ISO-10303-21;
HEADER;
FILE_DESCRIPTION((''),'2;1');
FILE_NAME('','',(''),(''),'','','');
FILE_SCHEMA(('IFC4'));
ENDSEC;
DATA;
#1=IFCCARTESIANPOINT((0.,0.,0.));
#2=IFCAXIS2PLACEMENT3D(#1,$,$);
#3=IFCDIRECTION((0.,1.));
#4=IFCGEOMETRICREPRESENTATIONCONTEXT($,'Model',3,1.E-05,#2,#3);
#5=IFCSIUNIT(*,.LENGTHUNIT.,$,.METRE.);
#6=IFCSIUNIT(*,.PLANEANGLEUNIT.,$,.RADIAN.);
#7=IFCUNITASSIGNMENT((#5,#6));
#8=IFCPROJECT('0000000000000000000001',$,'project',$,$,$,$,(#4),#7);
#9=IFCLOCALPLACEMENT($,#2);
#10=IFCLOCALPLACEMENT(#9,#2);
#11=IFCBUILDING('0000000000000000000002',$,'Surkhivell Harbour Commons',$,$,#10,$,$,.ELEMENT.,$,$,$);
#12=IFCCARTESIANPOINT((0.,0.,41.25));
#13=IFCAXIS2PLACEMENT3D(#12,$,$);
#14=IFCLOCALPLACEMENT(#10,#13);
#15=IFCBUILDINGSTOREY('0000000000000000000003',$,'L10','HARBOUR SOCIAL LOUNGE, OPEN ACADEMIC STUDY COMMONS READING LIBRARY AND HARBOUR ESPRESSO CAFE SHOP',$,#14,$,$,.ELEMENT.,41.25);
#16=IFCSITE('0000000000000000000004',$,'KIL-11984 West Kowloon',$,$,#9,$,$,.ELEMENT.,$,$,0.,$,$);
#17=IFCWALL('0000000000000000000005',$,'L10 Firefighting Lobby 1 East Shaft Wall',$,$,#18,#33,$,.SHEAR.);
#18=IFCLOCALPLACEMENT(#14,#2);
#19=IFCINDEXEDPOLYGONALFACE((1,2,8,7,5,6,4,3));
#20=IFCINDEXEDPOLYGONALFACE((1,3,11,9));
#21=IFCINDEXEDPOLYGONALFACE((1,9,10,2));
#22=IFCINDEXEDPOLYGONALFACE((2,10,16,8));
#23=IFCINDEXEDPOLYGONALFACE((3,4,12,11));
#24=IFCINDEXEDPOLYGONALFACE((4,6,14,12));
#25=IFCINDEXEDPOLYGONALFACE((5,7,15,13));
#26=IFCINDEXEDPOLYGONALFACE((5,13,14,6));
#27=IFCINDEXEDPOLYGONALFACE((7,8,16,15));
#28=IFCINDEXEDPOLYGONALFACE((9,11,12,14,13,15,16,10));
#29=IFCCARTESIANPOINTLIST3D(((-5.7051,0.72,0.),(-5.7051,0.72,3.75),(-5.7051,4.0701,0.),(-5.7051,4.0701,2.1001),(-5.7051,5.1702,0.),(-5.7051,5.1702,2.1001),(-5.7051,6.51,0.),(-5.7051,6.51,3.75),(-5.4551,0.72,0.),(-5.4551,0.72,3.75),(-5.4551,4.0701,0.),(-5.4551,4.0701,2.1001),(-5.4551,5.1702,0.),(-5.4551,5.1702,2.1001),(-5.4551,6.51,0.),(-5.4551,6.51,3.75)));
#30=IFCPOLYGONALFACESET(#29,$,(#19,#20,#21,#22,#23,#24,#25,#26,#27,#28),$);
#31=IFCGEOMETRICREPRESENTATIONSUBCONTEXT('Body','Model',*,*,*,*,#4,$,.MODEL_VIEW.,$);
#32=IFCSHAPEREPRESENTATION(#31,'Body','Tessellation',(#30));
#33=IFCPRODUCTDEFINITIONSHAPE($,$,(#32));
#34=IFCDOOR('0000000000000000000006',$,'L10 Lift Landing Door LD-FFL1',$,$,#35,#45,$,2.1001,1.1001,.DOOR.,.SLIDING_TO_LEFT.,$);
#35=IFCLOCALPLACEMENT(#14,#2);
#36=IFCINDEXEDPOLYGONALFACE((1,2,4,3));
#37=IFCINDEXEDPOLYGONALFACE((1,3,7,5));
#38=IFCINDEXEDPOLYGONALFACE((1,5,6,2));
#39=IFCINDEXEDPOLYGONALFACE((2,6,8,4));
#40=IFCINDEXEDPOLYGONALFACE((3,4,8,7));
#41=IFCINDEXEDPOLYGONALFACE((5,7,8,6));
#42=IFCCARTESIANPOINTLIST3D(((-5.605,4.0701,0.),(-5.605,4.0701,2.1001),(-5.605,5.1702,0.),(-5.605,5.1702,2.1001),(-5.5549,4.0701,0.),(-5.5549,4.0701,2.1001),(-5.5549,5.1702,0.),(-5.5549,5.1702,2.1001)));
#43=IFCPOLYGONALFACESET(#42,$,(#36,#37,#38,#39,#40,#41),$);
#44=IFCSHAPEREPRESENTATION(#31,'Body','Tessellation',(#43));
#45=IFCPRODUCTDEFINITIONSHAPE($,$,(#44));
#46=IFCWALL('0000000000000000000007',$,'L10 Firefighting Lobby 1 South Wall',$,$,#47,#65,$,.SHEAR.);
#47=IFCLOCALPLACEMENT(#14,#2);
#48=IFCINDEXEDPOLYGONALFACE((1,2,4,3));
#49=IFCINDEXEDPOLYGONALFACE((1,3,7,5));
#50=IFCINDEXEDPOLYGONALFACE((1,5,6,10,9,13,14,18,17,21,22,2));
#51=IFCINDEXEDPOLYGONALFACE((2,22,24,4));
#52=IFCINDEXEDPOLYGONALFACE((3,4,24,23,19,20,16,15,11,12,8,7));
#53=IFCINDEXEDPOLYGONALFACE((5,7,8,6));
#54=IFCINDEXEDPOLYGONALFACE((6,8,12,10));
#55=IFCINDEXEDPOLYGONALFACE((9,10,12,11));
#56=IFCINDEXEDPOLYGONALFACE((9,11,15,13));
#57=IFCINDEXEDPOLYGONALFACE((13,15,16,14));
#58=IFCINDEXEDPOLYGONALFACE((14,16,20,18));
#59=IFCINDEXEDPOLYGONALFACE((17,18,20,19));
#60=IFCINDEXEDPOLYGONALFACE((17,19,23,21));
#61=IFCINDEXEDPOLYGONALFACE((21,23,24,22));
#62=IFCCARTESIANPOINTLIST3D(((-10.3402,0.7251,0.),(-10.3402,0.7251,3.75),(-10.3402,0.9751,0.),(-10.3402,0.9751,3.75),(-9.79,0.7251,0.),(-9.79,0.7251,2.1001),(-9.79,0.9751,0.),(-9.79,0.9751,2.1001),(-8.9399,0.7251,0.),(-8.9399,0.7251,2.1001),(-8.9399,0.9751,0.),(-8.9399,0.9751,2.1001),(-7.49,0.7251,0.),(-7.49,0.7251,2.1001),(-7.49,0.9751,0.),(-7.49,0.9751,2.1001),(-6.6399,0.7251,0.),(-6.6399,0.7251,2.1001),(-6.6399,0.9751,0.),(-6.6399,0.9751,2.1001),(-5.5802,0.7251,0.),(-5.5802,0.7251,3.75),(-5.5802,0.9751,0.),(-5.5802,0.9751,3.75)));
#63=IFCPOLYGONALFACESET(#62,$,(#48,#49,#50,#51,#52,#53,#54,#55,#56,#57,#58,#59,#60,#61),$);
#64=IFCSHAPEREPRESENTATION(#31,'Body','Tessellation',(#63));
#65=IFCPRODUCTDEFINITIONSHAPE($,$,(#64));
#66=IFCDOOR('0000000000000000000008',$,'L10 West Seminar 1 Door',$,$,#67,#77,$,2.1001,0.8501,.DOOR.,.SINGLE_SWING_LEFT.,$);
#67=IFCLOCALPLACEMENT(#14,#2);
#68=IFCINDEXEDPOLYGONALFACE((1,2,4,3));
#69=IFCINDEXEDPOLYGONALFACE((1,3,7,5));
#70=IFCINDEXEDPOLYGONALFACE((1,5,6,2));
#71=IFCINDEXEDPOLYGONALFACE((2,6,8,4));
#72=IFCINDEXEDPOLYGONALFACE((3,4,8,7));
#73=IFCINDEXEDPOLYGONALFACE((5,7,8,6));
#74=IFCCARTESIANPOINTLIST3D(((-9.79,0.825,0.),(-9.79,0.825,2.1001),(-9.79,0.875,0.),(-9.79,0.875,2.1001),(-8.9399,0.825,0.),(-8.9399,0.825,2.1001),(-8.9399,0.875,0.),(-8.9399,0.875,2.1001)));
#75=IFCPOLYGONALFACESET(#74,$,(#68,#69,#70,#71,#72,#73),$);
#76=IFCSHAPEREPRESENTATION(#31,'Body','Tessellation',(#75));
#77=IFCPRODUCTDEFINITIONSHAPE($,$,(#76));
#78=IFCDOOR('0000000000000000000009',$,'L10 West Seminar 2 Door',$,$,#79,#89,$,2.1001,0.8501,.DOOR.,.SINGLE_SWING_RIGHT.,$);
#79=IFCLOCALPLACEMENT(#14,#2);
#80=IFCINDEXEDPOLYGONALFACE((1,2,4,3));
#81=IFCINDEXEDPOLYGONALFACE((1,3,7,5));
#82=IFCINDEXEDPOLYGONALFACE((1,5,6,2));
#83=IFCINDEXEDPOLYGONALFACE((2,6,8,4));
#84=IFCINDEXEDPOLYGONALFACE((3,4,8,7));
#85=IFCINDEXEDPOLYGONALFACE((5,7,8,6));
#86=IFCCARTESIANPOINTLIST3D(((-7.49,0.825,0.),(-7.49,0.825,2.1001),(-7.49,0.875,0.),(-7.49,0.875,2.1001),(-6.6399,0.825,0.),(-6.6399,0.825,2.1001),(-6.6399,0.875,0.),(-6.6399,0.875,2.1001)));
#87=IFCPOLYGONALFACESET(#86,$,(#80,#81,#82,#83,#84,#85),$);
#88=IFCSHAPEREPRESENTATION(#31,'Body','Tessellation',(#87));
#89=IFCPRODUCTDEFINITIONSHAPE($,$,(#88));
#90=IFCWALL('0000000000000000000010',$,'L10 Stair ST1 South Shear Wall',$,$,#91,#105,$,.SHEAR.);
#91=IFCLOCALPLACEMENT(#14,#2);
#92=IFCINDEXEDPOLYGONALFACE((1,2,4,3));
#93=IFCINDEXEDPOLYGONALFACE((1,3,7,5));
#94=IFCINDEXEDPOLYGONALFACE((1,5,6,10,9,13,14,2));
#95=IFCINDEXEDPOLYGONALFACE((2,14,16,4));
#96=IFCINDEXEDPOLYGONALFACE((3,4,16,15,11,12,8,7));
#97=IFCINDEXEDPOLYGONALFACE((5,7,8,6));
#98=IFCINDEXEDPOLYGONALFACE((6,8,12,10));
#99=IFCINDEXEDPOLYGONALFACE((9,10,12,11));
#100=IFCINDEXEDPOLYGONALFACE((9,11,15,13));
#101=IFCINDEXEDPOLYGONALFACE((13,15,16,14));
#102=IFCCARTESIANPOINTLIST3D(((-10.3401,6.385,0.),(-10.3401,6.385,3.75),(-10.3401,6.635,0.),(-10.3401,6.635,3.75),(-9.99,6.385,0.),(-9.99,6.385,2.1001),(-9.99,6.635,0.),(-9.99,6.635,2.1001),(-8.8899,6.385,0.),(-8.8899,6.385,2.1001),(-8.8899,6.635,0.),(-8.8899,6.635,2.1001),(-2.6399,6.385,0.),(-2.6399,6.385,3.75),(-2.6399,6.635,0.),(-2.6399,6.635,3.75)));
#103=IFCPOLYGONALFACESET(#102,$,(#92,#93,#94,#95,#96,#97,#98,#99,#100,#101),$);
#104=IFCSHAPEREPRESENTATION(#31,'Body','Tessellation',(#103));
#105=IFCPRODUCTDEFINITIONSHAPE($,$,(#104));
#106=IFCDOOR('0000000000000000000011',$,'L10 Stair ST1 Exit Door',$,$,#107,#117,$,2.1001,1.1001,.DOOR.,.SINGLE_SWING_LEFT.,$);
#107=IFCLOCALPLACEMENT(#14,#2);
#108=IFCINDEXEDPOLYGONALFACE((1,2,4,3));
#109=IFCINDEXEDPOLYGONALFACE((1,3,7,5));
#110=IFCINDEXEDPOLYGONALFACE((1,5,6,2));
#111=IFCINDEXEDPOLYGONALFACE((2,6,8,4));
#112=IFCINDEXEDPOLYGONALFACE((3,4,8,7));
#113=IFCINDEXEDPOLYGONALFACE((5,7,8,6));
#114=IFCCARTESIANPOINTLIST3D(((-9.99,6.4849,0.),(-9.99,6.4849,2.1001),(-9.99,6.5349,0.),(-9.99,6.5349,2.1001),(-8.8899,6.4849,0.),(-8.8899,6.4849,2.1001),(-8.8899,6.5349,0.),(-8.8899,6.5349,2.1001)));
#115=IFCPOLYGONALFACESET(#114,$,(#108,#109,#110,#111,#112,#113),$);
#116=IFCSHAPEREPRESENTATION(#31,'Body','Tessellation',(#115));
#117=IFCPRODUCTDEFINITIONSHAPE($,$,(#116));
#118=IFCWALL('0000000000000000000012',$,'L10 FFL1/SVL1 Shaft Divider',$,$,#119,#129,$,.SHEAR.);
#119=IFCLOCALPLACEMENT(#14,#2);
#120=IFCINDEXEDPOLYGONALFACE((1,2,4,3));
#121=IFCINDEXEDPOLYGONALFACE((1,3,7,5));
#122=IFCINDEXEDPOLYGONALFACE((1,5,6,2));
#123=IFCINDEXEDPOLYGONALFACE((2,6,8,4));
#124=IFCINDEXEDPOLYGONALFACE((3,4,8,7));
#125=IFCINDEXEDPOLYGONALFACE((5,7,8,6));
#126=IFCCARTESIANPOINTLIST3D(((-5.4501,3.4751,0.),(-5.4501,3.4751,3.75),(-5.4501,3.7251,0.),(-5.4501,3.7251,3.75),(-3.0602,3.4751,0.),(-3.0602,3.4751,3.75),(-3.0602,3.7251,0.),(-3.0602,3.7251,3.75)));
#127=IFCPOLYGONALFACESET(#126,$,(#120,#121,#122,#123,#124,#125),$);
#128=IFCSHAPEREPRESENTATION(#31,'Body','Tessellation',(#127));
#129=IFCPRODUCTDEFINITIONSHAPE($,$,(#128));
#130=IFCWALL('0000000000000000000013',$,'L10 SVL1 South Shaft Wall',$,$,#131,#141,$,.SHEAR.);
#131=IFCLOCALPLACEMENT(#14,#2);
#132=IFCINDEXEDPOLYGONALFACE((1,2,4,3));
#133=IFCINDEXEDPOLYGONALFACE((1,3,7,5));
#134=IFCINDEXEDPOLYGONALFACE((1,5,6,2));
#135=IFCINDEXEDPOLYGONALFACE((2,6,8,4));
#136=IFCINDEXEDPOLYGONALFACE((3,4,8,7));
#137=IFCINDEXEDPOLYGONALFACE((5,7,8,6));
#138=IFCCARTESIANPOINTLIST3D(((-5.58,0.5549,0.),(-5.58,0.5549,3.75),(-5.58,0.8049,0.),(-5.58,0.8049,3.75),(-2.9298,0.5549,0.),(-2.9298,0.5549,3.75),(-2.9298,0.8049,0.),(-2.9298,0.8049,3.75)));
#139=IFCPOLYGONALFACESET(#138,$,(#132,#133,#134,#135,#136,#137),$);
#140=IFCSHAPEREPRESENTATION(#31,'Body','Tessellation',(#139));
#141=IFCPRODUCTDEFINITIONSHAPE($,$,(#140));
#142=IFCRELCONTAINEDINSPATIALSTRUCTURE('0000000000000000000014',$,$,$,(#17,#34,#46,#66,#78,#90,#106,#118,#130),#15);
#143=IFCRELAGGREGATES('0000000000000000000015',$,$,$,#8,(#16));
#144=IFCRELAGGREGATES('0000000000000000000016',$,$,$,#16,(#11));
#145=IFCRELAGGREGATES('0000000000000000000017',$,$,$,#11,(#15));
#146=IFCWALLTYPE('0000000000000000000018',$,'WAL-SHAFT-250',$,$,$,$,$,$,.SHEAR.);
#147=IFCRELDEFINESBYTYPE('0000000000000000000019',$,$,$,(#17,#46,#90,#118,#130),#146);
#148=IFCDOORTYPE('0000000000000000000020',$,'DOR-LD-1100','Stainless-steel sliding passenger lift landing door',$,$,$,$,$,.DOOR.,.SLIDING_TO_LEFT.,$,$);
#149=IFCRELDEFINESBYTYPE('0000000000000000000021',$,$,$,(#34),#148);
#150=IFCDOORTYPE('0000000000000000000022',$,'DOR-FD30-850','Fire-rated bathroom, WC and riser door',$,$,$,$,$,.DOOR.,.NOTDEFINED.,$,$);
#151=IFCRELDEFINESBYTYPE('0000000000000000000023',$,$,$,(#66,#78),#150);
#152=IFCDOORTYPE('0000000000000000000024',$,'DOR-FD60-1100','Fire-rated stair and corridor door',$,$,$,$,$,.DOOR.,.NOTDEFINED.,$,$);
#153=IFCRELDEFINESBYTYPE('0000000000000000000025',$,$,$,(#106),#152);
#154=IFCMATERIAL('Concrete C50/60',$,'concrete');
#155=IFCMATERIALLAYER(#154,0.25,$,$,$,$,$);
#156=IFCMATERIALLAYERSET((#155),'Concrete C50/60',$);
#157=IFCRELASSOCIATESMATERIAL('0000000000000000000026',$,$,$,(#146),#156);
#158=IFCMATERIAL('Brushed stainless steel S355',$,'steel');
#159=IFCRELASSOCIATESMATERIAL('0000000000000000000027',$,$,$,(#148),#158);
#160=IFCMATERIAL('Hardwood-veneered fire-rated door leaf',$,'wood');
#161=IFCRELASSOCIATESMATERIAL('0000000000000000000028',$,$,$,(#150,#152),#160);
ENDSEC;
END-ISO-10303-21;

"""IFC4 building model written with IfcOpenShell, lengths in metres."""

from ifc_helpers import new_model, si_unit, direction, frame, frame_2d, origin, place, context, subcontext, project, spatial, rectangle, extrude, material, layer, layer_set, type_object, element, fill, save


model = new_model("IFC4")

# Units and contexts
model_context = context("Model", 3, precision=1e-05, world=origin(), true_north=direction((0.0, 1.0)))
body_context = subcontext(model_context, "Body", "Model", "MODEL_VIEW")
ifc_project = project(units=[si_unit("LENGTHUNIT", "METRE"), si_unit("PLANEANGLEUNIT", "RADIAN")], contexts=[model_context])

# Site, building, storey
site_placement = place(None, origin())
site = spatial("IfcSite", under=ifc_project, at=site_placement, Name="KIL-11984 West Kowloon", CompositionType="ELEMENT", RefElevation=0.0)
building_placement = place(site_placement, origin())
building = spatial("IfcBuilding", under=site, at=building_placement, Name="Surkhivell Harbour Commons", CompositionType="ELEMENT")
storey_placement = place(building_placement, frame((0.0, 0.0, 41.25)))
storey = spatial("IfcBuildingStorey", under=building, at=storey_placement, Name="L10", Description="HARBOUR SOCIAL LOUNGE, OPEN ACADEMIC STUDY COMMONS READING LIBRARY AND HARBOUR ESPRESSO CAFE SHOP", CompositionType="ELEMENT", Elevation=41.25)

# Shared definitions
ifc_material_1 = material(Name="Hardwood-veneered fire-rated door leaf", Category="wood")

# Wall, opening, door
ifc_material_2 = material(Name="Concrete C50/60", Category="concrete")
ifc_layer_1 = layer(ifc_material_2, 0.25)
ifc_layer_set_1 = layer_set([ifc_layer_1], Name="Concrete C50/60")
wall_type_1 = type_object("IfcWallType", Name="WAL-SHAFT-250", PredefinedType="SHEAR", material=ifc_layer_set_1)
wall_1_placement = place(storey_placement, frame((-5.5801, 0.72, 0.0), z_axis=(0.0, 0.0, 1.0), x_axis=(0.0, 1.0, 0.0)))
wall_1 = element("IfcWall", 1, at=wall_1_placement, inside=storey, type_object=wall_type_1, Name="L10 Firefighting Lobby 1 East Shaft Wall", PredefinedType="SHEAR", context=body_context, shape_type="SweptSolid", body=[
    extrude(rectangle(XDim=5.79, YDim=0.25, at=frame_2d((2.895, 0.0))), origin(), (0.0, 0.0, 1.0), 3.75),
])
opening_1_placement = place(wall_1_placement, frame((3.3501, 0.0, 0.0)))
opening_1 = element("IfcOpeningElement", 2, at=opening_1_placement, cuts=wall_1, PredefinedType="OPENING", context=body_context, shape_type="SweptSolid", body=[
    extrude(rectangle(XDim=1.1001, YDim=2.1001, at=frame_2d((0.55, 1.05))), frame((0.0, 0.135, 0.0), z_axis=(0.0, -1.0, 0.0), x_axis=(1.0, 0.0, 0.0)), (0.0, 0.0, 1.0), 0.27),
])
ifc_material_3 = material(Name="Brushed stainless steel S355", Category="steel")
door_type_1 = type_object("IfcDoorType", Name="DOR-LD-1100", Description="Stainless-steel sliding passenger lift landing door", OperationType="SLIDING_TO_LEFT", PredefinedType="DOOR", material=ifc_material_3)
door_1_placement = place(opening_1_placement, origin())
door_1 = element("IfcDoor", 3, at=door_1_placement, inside=storey, type_object=door_type_1, Name="L10 Lift Landing Door LD-FFL1", OperationType="SLIDING_TO_LEFT", OverallHeight=2.1001, OverallWidth=1.1001, PredefinedType="DOOR", context=body_context, shape_type="SweptSolid", body=[
    extrude(rectangle(XDim=1.1001, YDim=2.1001, at=frame_2d((0.55, 1.05))), frame((0.0, 0.0249, 0.0), z_axis=(0.0, -1.0, 0.0), x_axis=(1.0, 0.0, 0.0)), (0.0, 0.0, 1.0), 0.05),
])
fill(opening_1, door_1)

# Wall, openings, doors
wall_2_placement = place(storey_placement, frame((-10.3401, 0.8501, 0.0), z_axis=(0.0, 0.0, 1.0), x_axis=(1.0, 0.0, 0.0)))
wall_2 = element("IfcWall", 4, at=wall_2_placement, inside=storey, type_object=wall_type_1, Name="L10 Firefighting Lobby 1 South Wall", PredefinedType="SHEAR", context=body_context, shape_type="SweptSolid", body=[
    extrude(rectangle(XDim=4.76, YDim=0.25, at=frame_2d((2.3799, 0.0))), origin(), (0.0, 0.0, 1.0), 3.75),
])
opening_2_placement = place(wall_2_placement, frame((0.55, 0.0, 0.0)))
opening_2 = element("IfcOpeningElement", 5, at=opening_2_placement, cuts=wall_2, PredefinedType="OPENING", context=body_context, shape_type="SweptSolid", body=[
    extrude(rectangle(XDim=0.8501, YDim=2.1001, at=frame_2d((0.425, 1.05))), frame((0.0, 0.135, 0.0), z_axis=(0.0, -1.0, 0.0), x_axis=(1.0, 0.0, 0.0)), (0.0, 0.0, 1.0), 0.27),
])
opening_3_placement = place(wall_2_placement, frame((2.8501, 0.0, 0.0)))
opening_3 = element("IfcOpeningElement", 6, at=opening_3_placement, cuts=wall_2, PredefinedType="OPENING", context=body_context, shape_type="SweptSolid", body=[
    extrude(rectangle(XDim=0.8501, YDim=2.1001, at=frame_2d((0.425, 1.05))), frame((0.0, 0.135, 0.0), z_axis=(0.0, -1.0, 0.0), x_axis=(1.0, 0.0, 0.0)), (0.0, 0.0, 1.0), 0.27),
])
door_type_2 = type_object("IfcDoorType", Name="DOR-FD30-850", Description="Fire-rated bathroom, WC and riser door", OperationType="NOTDEFINED", PredefinedType="DOOR", material=ifc_material_1)
door_2_placement = place(opening_2_placement, origin())
door_2 = element("IfcDoor", 7, at=door_2_placement, inside=storey, type_object=door_type_2, Name="L10 West Seminar 1 Door", OperationType="SINGLE_SWING_LEFT", OverallHeight=2.1001, OverallWidth=0.8501, PredefinedType="DOOR", context=body_context, shape_type="SweptSolid", body=[
    extrude(rectangle(XDim=0.8501, YDim=2.1001, at=frame_2d((0.425, 1.05))), frame((0.0, 0.0249, 0.0), z_axis=(0.0, -1.0, 0.0), x_axis=(1.0, 0.0, 0.0)), (0.0, 0.0, 1.0), 0.05),
])
fill(opening_2, door_2)
door_3_placement = place(opening_3_placement, origin())
door_3 = element("IfcDoor", 8, at=door_3_placement, inside=storey, type_object=door_type_2, Name="L10 West Seminar 2 Door", OperationType="SINGLE_SWING_RIGHT", OverallHeight=2.1001, OverallWidth=0.8501, PredefinedType="DOOR", context=body_context, shape_type="SweptSolid", body=[
    extrude(rectangle(XDim=0.8501, YDim=2.1001, at=frame_2d((0.425, 1.05))), frame((0.0, 0.0249, 0.0), z_axis=(0.0, -1.0, 0.0), x_axis=(1.0, 0.0, 0.0)), (0.0, 0.0, 1.0), 0.05),
])
fill(opening_3, door_3)

# Wall, opening, door
wall_3_placement = place(storey_placement, frame((-10.3401, 6.51, 0.0), z_axis=(0.0, 0.0, 1.0), x_axis=(1.0, 0.0, 0.0)))
wall_3 = element("IfcWall", 9, at=wall_3_placement, inside=storey, type_object=wall_type_1, Name="L10 Stair ST1 South Shear Wall", PredefinedType="SHEAR", context=body_context, shape_type="SweptSolid", body=[
    extrude(rectangle(XDim=7.7002, YDim=0.25, at=frame_2d((3.8501, 0.0))), origin(), (0.0, 0.0, 1.0), 3.75),
])
opening_4_placement = place(wall_3_placement, frame((0.3501, 0.0, 0.0)))
opening_4 = element("IfcOpeningElement", 10, at=opening_4_placement, cuts=wall_3, PredefinedType="OPENING", context=body_context, shape_type="SweptSolid", body=[
    extrude(rectangle(XDim=1.1001, YDim=2.1001, at=frame_2d((0.55, 1.05))), frame((0.0, 0.135, 0.0), z_axis=(0.0, -1.0, 0.0), x_axis=(1.0, 0.0, 0.0)), (0.0, 0.0, 1.0), 0.27),
])
door_type_3 = type_object("IfcDoorType", Name="DOR-FD60-1100", Description="Fire-rated stair and corridor door", OperationType="NOTDEFINED", PredefinedType="DOOR", material=ifc_material_1)
door_4_placement = place(opening_4_placement, origin())
door_4 = element("IfcDoor", 11, at=door_4_placement, inside=storey, type_object=door_type_3, Name="L10 Stair ST1 Exit Door", OperationType="SINGLE_SWING_LEFT", OverallHeight=2.1001, OverallWidth=1.1001, PredefinedType="DOOR", context=body_context, shape_type="SweptSolid", body=[
    extrude(rectangle(XDim=1.1001, YDim=2.1001, at=frame_2d((0.55, 1.05))), frame((0.0, 0.0249, 0.0), z_axis=(0.0, -1.0, 0.0), x_axis=(1.0, 0.0, 0.0)), (0.0, 0.0, 1.0), 0.05),
])
fill(opening_4, door_4)

# Walls
wall_4_placement = place(storey_placement, frame((-5.45, 3.6001, 0.0), z_axis=(0.0, 0.0, 1.0), x_axis=(1.0, 0.0, 0.0)))
element("IfcWall", 12, at=wall_4_placement, inside=storey, type_object=wall_type_1, Name="L10 FFL1/SVL1 Shaft Divider", PredefinedType="SHEAR", context=body_context, shape_type="SweptSolid", body=[
    extrude(rectangle(XDim=2.3899, YDim=0.25, at=frame_2d((1.1948, 0.0))), origin(), (0.0, 0.0, 1.0), 3.75),
])
wall_5_placement = place(storey_placement, frame((-5.5801, 0.6799, 0.0), z_axis=(0.0, 0.0, 1.0), x_axis=(1.0, 0.0, 0.0)))
element("IfcWall", 13, at=wall_5_placement, inside=storey, type_object=wall_type_1, Name="L10 SVL1 South Shaft Wall", PredefinedType="SHEAR", context=body_context, shape_type="SweptSolid", body=[
    extrude(rectangle(XDim=2.6501, YDim=0.25, at=frame_2d((1.3252, 0.0))), origin(), (0.0, 0.0, 1.0), 3.75),
])

save(model, "model.ifc")
